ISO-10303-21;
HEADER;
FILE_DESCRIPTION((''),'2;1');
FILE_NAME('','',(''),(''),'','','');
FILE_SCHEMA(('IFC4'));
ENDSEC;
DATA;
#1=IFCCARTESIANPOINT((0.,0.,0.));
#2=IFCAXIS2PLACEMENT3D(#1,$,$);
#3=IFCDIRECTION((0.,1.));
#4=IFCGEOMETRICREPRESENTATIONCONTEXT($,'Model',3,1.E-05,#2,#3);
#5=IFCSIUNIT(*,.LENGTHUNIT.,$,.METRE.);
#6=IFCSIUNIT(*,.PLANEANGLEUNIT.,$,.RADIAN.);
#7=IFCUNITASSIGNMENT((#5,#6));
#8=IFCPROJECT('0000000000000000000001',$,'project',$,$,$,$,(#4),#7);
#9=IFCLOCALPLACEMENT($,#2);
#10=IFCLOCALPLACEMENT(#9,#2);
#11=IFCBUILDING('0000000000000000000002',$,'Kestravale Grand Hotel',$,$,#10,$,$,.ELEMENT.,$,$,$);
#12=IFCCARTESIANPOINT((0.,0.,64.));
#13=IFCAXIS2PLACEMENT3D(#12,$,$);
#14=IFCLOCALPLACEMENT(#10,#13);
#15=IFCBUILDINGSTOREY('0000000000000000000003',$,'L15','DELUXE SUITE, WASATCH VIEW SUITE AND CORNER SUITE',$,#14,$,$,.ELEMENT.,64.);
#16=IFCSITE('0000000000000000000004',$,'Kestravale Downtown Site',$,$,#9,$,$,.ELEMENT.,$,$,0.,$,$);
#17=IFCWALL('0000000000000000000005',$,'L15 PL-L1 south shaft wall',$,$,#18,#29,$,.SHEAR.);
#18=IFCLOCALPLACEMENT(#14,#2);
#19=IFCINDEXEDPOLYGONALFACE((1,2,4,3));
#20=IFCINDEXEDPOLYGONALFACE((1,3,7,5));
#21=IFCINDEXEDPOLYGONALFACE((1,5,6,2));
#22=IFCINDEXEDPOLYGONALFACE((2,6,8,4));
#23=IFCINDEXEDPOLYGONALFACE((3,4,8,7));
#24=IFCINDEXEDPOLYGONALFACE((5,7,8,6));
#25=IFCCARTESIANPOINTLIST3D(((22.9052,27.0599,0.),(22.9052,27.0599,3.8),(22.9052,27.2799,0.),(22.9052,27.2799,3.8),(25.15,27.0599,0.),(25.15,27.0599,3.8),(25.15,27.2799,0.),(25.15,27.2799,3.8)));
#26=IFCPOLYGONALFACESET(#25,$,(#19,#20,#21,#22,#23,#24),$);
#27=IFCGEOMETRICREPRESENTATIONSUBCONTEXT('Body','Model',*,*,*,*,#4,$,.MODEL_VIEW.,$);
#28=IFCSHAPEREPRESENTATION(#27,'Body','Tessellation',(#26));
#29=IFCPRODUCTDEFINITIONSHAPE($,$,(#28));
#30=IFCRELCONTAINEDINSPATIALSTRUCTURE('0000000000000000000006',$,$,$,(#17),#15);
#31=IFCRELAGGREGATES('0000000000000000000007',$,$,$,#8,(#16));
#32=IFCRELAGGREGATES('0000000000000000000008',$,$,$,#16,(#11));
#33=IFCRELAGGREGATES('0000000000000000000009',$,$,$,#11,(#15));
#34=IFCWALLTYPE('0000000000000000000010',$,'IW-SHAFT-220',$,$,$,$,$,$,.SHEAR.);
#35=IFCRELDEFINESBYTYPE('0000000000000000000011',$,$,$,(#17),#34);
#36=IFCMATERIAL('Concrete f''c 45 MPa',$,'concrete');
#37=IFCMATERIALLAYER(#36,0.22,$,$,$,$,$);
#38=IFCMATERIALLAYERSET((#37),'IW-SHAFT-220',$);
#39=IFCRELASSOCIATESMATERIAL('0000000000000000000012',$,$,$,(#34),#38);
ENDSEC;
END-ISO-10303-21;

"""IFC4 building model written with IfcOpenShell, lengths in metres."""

from ifc_helpers import new_model, si_unit, direction, frame, frame_2d, origin, place, context, subcontext, project, spatial, rectangle, extrude, material, layer, layer_set, type_object, element, save


model = new_model("IFC4")

# Units and contexts
model_context = context("Model", 3, precision=1e-05, world=origin(), true_north=direction((0.0, 1.0)))
body_context = subcontext(model_context, "Body", "Model", "MODEL_VIEW")
ifc_project = project(units=[si_unit("LENGTHUNIT", "METRE"), si_unit("PLANEANGLEUNIT", "RADIAN")], contexts=[model_context])

# Site, building, storey
site_placement = place(None, origin())
site = spatial("IfcSite", under=ifc_project, at=site_placement, Name="Kestravale Downtown Site", CompositionType="ELEMENT", RefElevation=0.0)
building_placement = place(site_placement, origin())
building = spatial("IfcBuilding", under=site, at=building_placement, Name="Kestravale Grand Hotel", CompositionType="ELEMENT")
storey_placement = place(building_placement, frame((0.0, 0.0, 64.0)))
storey = spatial("IfcBuildingStorey", under=building, at=storey_placement, Name="L15", Description="DELUXE SUITE, WASATCH VIEW SUITE AND CORNER SUITE", CompositionType="ELEMENT", Elevation=64.0)

# Wall
ifc_material_1 = material(Name="Concrete f'c 45 MPa", Category="concrete")
ifc_layer_1 = layer(ifc_material_1, 0.22)
ifc_layer_set_1 = layer_set([ifc_layer_1], Name="IW-SHAFT-220")
wall_type_1 = type_object("IfcWallType", Name="IW-SHAFT-220", PredefinedType="SHEAR", material=ifc_layer_set_1)
wall_1_placement = place(storey_placement, frame((22.905, 27.1699, 0.0), z_axis=(0.0, 0.0, 1.0), x_axis=(1.0, 0.0, 0.0)))
element("IfcWall", 1, at=wall_1_placement, inside=storey, type_object=wall_type_1, Name="L15 PL-L1 south shaft wall", PredefinedType="SHEAR", context=body_context, shape_type="SweptSolid", body=[
    extrude(rectangle(XDim=2.2449, YDim=0.22, at=frame_2d((1.1226, 0.0))), origin(), (0.0, 0.0, 1.0), 3.8),
])

save(model, "model.ifc")
